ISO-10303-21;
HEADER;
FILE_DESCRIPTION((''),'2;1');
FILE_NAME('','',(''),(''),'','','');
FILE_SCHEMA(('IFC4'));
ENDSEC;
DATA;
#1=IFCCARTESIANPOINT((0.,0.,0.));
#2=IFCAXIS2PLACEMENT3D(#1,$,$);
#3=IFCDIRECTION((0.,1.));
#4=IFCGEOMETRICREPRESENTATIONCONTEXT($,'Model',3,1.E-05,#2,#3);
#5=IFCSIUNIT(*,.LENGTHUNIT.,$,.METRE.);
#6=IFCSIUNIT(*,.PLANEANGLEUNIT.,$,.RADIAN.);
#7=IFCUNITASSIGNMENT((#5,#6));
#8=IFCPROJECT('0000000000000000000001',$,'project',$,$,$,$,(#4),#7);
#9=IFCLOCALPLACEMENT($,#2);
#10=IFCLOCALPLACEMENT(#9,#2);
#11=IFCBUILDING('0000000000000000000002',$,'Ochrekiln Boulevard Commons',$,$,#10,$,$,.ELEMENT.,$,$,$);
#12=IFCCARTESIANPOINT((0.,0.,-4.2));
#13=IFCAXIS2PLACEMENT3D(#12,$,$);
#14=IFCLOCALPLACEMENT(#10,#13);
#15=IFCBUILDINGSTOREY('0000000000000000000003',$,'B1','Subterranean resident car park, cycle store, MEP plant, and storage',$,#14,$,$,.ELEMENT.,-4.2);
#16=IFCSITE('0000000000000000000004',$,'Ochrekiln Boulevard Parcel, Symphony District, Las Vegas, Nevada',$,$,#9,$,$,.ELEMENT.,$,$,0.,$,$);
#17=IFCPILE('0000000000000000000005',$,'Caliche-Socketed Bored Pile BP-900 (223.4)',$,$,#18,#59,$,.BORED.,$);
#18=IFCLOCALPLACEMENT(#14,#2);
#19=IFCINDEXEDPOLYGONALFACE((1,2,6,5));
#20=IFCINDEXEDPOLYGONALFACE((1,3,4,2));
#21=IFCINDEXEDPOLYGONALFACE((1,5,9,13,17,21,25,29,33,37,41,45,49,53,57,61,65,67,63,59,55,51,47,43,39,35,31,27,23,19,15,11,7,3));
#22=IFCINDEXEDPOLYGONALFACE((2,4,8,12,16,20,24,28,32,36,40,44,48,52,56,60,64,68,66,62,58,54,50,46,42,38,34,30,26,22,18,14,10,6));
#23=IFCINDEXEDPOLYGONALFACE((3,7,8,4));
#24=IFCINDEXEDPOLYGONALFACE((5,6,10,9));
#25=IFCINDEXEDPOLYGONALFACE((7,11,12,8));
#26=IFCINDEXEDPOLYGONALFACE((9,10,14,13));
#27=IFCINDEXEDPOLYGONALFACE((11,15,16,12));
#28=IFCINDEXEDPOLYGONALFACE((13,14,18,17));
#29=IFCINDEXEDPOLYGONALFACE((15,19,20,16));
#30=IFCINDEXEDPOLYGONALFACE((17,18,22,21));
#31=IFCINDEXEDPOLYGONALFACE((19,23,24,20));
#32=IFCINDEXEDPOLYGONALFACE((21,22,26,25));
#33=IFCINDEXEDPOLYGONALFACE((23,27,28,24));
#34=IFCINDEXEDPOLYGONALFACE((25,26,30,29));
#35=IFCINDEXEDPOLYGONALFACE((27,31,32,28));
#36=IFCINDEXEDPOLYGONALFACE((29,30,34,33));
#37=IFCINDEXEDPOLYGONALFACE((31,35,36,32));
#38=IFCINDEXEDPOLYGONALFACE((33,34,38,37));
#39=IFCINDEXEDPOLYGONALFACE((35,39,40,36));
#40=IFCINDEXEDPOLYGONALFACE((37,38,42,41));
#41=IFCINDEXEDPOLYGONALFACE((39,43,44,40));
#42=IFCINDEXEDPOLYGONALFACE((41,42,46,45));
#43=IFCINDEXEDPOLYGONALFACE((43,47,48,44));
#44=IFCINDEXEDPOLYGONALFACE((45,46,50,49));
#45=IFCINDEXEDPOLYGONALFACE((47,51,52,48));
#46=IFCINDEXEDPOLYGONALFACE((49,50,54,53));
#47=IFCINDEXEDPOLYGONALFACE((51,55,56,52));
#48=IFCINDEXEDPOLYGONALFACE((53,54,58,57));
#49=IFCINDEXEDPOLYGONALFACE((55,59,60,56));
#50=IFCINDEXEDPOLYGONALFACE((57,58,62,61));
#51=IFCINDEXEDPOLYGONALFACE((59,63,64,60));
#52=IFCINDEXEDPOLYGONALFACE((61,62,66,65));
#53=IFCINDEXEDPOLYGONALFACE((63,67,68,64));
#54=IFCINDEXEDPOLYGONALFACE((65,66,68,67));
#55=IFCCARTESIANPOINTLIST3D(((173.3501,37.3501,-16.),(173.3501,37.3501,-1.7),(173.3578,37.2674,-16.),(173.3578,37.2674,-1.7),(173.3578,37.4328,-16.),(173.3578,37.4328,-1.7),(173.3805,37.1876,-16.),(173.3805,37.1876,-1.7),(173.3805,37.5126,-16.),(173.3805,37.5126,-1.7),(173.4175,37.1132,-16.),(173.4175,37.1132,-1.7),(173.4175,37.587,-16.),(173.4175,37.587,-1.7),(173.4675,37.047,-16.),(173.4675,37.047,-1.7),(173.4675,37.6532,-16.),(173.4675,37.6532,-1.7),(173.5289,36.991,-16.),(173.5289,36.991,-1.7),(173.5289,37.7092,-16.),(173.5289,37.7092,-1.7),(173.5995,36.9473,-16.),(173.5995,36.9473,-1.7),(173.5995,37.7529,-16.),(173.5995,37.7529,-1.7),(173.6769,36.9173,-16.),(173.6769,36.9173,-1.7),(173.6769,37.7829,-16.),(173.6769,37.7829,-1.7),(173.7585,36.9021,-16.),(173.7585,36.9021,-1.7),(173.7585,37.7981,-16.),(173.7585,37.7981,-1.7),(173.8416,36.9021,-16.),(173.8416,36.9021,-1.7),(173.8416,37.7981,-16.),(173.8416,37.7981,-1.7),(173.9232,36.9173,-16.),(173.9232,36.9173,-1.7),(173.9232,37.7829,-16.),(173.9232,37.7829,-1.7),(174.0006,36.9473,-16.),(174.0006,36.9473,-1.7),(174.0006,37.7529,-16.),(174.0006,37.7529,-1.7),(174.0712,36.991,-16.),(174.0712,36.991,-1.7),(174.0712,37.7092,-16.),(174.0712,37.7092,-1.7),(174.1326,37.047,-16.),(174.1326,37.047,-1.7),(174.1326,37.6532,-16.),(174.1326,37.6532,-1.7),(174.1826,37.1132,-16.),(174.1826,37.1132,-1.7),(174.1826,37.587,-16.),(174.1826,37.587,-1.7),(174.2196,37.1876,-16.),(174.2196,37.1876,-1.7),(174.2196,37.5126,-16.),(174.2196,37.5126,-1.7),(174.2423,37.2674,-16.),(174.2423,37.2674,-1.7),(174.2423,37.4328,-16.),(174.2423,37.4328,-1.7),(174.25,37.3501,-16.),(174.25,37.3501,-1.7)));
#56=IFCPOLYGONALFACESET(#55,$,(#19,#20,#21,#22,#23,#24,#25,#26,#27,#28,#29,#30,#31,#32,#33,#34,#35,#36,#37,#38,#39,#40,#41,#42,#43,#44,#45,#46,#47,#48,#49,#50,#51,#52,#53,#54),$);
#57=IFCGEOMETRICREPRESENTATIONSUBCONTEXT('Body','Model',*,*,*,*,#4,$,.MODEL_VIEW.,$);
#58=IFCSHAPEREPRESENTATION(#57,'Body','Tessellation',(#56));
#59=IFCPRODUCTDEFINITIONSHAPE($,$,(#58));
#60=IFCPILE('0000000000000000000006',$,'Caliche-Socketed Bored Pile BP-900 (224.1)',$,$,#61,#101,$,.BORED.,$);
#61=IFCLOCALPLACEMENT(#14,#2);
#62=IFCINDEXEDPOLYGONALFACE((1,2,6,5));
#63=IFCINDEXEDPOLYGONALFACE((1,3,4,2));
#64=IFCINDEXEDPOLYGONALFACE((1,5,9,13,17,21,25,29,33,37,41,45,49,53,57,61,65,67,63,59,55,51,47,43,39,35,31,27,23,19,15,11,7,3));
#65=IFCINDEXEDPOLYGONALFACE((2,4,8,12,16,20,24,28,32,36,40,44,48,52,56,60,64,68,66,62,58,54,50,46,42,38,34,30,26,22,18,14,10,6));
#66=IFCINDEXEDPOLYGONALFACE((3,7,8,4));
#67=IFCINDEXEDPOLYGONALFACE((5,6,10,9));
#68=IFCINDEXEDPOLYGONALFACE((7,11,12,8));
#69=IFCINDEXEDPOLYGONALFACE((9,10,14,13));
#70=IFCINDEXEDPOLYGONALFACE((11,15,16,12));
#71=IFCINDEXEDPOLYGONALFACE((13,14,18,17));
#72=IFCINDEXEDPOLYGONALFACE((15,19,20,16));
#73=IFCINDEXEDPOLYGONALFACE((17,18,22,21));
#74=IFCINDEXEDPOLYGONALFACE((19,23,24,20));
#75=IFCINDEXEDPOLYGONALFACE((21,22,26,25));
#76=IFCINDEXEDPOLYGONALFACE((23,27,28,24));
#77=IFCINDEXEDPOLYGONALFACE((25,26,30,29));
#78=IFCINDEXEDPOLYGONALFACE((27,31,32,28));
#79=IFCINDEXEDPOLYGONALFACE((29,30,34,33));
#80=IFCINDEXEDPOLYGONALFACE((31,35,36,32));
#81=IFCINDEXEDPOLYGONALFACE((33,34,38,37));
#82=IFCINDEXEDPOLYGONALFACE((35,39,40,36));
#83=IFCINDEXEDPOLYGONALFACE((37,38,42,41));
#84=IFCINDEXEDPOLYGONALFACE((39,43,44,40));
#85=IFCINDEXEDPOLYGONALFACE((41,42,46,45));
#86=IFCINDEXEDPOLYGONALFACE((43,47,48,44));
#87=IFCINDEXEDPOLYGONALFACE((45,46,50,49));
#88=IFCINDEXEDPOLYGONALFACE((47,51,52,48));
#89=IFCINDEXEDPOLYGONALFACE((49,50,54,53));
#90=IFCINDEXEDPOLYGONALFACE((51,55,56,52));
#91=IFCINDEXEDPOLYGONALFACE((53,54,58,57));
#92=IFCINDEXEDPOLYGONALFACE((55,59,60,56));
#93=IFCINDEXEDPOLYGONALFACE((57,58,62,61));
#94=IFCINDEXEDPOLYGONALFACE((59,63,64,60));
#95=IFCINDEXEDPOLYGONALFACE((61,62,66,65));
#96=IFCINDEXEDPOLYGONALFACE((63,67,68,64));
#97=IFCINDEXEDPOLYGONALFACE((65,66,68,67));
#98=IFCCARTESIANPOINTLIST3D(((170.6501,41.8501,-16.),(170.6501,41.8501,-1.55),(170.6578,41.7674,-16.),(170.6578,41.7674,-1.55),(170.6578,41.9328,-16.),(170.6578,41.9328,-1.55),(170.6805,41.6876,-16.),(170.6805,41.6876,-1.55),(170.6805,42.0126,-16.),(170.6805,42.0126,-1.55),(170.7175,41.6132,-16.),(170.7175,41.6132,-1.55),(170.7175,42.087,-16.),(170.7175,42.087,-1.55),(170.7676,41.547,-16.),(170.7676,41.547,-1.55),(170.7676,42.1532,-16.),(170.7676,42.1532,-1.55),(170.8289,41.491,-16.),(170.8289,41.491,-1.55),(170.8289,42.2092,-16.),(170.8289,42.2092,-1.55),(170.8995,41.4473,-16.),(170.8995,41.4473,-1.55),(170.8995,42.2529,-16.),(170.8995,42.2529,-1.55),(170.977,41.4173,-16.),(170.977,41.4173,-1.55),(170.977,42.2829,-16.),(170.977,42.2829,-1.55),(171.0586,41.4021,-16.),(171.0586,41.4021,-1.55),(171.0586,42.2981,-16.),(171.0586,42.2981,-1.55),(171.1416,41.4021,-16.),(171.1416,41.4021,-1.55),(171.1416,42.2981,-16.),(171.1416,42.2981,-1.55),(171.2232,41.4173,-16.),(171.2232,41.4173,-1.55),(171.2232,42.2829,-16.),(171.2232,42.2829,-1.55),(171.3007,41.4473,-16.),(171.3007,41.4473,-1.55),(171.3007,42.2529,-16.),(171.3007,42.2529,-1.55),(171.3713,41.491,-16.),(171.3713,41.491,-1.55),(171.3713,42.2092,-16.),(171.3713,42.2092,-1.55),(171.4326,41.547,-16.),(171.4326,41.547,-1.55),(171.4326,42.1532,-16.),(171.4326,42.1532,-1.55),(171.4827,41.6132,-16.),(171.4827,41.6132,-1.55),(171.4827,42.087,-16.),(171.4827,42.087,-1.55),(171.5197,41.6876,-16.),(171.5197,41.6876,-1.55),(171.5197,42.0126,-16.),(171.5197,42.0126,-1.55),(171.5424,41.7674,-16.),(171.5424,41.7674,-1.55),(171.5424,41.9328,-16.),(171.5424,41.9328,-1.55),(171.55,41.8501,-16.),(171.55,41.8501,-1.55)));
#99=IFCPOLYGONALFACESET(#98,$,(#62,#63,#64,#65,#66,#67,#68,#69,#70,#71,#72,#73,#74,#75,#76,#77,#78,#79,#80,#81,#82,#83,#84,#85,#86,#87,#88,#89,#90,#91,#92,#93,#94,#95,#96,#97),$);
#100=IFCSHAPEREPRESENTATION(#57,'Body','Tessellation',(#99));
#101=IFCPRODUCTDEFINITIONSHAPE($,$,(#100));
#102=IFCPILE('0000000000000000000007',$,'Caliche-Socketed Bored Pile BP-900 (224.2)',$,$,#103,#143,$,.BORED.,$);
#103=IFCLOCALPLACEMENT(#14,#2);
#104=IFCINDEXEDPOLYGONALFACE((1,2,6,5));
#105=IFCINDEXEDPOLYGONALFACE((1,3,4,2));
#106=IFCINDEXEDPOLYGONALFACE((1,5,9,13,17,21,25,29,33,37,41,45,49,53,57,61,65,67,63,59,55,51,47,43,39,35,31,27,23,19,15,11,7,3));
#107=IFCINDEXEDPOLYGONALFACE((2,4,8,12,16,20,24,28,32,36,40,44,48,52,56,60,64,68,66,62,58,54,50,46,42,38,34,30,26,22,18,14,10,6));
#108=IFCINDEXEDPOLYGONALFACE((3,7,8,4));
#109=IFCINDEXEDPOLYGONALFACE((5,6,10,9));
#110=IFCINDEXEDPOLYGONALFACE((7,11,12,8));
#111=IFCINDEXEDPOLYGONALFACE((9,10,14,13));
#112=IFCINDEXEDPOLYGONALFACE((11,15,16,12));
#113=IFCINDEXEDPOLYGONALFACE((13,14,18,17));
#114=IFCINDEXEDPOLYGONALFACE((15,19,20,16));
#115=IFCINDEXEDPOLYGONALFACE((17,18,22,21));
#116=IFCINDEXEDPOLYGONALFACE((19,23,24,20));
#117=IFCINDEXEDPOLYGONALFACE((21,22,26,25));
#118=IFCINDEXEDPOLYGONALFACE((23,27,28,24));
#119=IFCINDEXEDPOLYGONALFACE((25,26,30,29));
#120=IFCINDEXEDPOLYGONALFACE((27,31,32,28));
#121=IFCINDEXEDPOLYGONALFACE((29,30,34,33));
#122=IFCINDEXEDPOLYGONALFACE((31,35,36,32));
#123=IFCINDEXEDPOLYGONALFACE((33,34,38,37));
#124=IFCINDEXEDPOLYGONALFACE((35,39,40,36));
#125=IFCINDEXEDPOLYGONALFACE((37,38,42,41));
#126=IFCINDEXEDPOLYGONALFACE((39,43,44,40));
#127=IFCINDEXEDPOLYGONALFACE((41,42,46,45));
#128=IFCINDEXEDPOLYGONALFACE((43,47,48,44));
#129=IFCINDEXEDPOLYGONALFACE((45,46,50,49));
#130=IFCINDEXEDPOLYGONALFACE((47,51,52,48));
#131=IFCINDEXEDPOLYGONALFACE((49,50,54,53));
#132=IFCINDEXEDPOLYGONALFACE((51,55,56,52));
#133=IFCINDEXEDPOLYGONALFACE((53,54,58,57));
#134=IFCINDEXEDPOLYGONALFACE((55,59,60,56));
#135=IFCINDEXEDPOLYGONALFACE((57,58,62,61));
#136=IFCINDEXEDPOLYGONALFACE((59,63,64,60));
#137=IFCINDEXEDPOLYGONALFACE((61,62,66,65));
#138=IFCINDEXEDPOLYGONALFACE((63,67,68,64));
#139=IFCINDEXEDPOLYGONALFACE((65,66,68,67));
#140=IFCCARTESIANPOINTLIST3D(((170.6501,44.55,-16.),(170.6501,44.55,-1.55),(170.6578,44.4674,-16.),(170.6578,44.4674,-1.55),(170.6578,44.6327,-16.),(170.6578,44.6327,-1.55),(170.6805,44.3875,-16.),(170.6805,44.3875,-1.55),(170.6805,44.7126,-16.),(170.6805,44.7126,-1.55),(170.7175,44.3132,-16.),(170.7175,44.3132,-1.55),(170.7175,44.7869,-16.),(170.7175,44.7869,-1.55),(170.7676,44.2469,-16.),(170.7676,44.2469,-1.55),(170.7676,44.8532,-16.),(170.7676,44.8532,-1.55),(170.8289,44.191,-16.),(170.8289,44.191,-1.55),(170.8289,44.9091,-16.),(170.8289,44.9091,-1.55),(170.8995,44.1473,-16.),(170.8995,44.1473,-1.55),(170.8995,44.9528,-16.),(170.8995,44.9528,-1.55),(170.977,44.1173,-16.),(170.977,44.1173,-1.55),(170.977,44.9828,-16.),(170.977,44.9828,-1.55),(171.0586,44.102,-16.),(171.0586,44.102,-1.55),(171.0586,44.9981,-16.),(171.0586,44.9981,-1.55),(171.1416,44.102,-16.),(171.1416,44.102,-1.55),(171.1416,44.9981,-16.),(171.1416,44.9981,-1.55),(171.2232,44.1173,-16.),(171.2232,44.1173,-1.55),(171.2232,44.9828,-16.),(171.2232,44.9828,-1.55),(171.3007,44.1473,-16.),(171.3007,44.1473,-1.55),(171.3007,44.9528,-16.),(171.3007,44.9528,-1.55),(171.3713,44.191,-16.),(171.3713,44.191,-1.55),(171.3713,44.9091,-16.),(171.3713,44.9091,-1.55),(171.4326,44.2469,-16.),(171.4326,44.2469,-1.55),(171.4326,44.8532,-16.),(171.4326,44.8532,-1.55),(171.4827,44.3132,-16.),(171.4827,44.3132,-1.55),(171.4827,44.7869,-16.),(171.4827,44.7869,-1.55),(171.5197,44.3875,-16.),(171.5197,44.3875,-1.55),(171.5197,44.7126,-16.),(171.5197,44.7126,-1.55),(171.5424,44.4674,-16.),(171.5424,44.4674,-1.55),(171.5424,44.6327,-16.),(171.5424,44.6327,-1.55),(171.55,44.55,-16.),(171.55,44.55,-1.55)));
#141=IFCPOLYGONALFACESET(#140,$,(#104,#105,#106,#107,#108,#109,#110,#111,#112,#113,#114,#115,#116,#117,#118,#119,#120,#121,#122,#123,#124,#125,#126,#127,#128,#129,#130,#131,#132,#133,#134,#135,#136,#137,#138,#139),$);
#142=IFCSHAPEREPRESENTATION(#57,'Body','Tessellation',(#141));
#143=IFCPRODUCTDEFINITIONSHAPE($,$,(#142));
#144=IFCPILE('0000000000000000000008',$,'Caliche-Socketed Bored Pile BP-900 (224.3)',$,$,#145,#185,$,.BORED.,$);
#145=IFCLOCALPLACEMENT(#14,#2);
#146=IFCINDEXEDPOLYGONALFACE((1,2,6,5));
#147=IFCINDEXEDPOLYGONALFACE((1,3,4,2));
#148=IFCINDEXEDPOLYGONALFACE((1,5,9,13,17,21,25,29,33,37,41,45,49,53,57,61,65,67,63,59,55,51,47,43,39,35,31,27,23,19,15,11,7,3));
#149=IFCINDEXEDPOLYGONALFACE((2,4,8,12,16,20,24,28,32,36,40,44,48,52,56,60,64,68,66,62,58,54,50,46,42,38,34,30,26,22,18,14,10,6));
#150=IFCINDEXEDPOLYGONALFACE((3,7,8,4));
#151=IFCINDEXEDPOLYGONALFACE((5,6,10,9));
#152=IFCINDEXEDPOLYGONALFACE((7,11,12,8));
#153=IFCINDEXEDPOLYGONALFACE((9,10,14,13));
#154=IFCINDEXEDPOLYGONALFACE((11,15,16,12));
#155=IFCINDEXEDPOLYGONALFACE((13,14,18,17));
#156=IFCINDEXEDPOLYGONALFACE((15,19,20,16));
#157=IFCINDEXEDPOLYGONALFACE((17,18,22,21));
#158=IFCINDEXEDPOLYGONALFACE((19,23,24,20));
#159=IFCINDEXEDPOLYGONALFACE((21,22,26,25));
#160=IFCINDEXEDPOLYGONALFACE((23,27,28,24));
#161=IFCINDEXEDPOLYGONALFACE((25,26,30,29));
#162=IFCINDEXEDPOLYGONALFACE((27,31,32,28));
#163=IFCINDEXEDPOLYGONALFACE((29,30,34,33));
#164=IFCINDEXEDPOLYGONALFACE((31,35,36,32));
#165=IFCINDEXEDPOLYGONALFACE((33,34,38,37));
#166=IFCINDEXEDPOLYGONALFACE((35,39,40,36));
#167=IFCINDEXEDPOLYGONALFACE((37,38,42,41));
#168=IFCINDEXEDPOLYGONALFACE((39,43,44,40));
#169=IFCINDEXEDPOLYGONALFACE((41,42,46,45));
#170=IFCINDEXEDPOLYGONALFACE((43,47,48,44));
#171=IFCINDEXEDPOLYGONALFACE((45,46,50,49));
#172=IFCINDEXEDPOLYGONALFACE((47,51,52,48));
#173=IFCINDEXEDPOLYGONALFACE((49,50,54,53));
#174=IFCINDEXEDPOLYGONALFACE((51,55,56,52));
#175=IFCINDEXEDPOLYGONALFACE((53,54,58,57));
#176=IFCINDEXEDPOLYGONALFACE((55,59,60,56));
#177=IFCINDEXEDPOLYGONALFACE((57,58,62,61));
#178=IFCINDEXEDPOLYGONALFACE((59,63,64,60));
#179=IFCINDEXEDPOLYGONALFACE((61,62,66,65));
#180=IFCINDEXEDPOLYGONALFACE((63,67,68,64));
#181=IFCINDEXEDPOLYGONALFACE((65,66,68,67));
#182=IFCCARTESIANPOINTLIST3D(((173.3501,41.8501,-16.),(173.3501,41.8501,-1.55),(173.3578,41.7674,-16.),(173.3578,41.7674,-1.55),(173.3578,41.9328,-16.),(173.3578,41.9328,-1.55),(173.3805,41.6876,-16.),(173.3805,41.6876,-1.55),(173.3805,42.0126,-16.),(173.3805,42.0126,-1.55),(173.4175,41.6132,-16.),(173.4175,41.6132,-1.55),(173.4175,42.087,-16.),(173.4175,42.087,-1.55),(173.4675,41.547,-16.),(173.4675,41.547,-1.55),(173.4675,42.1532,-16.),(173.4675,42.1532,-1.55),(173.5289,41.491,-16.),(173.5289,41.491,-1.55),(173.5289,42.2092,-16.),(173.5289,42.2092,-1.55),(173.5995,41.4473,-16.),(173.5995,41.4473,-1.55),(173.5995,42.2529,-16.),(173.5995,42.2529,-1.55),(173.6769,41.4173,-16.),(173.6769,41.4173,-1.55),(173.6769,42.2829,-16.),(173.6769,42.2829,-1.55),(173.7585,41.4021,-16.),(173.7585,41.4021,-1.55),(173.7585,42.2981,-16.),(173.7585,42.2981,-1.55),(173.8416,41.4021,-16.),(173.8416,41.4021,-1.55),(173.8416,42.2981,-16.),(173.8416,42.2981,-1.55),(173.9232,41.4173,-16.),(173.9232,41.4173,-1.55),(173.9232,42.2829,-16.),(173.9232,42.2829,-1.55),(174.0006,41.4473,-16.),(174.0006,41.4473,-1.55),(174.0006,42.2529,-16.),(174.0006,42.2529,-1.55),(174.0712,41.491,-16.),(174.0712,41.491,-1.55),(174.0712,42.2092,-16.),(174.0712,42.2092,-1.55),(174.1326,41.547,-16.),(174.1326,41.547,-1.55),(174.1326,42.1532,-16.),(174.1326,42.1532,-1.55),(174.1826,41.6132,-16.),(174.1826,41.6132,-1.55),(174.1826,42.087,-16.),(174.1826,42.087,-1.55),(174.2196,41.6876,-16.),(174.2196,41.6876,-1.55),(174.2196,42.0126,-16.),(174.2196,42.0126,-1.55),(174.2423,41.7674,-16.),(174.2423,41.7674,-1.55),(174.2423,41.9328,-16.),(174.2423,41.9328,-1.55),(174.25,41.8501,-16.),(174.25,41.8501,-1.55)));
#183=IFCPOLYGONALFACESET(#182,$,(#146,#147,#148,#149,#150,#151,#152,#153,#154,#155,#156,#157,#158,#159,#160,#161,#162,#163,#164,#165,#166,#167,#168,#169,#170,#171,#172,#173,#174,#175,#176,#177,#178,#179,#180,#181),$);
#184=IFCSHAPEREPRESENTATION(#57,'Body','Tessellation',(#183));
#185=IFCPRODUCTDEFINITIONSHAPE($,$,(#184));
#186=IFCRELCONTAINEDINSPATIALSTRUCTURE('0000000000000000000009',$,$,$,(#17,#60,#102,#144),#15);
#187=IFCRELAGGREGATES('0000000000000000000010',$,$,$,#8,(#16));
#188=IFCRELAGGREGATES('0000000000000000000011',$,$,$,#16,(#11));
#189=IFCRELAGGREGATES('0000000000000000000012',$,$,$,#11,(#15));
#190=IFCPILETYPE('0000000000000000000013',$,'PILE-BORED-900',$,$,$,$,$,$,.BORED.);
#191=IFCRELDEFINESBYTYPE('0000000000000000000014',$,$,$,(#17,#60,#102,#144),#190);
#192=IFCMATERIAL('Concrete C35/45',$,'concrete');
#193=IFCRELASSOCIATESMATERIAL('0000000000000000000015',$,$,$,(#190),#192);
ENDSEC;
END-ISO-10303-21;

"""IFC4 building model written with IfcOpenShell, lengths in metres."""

from ifc_helpers import new_model, si_unit, direction, frame, origin, origin_2d, place, context, subcontext, project, spatial, circle, extrude, material, material_profile, profile_set, type_object, element, save


model = new_model("IFC4")

# Units and contexts
model_context = context("Model", 3, precision=1e-05, world=origin(), true_north=direction((0.0, 1.0)))
body_context = subcontext(model_context, "Body", "Model", "MODEL_VIEW")
ifc_project = project(units=[si_unit("LENGTHUNIT", "METRE"), si_unit("PLANEANGLEUNIT", "RADIAN")], contexts=[model_context])

# Site, building, storey
site_placement = place(None, origin())
site = spatial("IfcSite", under=ifc_project, at=site_placement, Name="Ochrekiln Boulevard Parcel, Symphony District, Las Vegas, Nevada", CompositionType="ELEMENT", RefElevation=0.0)
building_placement = place(site_placement, origin())
building = spatial("IfcBuilding", under=site, at=building_placement, Name="Ochrekiln Boulevard Commons", CompositionType="ELEMENT")
storey_placement = place(building_placement, frame((0.0, 0.0, -4.2)))
storey = spatial("IfcBuildingStorey", under=building, at=storey_placement, Name="B1", Description="Subterranean resident car park, cycle store, MEP plant, and storage", CompositionType="ELEMENT", Elevation=-4.2)

# Shared definitions
ifc_material_1 = material(Name="Concrete C35/45", Category="concrete")

# Piles
ifc_material_profile_1 = material_profile(ifc_material_1, circle(Radius=0.45, at=origin_2d()), Name="PILE-D900")
ifc_profile_set_1 = profile_set([ifc_material_profile_1], Name="Concrete C35/45")
pile_type = type_object("IfcPileType", Name="PILE-BORED-900", PredefinedType="BORED", material=ifc_profile_set_1)
for number, where, z_axis, x_axis, name in (
    (1, (173.8, 37.3501, -1.7), (0.0, 0.0, -1.0), (1.0, 0.0, 0.0), "Caliche-Socketed Bored Pile BP-900 (223.4)"),
):
    element("IfcPile", number, at=place(storey_placement, frame(where, z_axis=z_axis, x_axis=x_axis)), inside=storey, type_object=pile_type, Name=name, PredefinedType="BORED", context=body_context, shape_type="SweptSolid", body=[
        extrude(circle(Radius=0.45, at=origin_2d()), origin(), (0.0, 0.0, 1.0), 14.3),
    ])
for number, where, z_axis, x_axis, name in (
    (2, (171.1001, 41.8501, -1.55), (0.0, 0.0, -1.0), (1.0, 0.0, 0.0), "Caliche-Socketed Bored Pile BP-900 (224.1)"),
    (3, (171.1001, 44.55, -1.55), (0.0, 0.0, -1.0), (1.0, 0.0, 0.0), "Caliche-Socketed Bored Pile BP-900 (224.2)"),
    (4, (173.8, 41.8501, -1.55), (0.0, 0.0, -1.0), (1.0, 0.0, 0.0), "Caliche-Socketed Bored Pile BP-900 (224.3)"),
):
    element("IfcPile", number, at=place(storey_placement, frame(where, z_axis=z_axis, x_axis=x_axis)), inside=storey, type_object=pile_type, Name=name, PredefinedType="BORED", context=body_context, shape_type="SweptSolid", body=[
        extrude(circle(Radius=0.45, at=origin_2d()), origin(), (0.0, 0.0, 1.0), 14.45),
    ])

save(model, "model.ifc")
